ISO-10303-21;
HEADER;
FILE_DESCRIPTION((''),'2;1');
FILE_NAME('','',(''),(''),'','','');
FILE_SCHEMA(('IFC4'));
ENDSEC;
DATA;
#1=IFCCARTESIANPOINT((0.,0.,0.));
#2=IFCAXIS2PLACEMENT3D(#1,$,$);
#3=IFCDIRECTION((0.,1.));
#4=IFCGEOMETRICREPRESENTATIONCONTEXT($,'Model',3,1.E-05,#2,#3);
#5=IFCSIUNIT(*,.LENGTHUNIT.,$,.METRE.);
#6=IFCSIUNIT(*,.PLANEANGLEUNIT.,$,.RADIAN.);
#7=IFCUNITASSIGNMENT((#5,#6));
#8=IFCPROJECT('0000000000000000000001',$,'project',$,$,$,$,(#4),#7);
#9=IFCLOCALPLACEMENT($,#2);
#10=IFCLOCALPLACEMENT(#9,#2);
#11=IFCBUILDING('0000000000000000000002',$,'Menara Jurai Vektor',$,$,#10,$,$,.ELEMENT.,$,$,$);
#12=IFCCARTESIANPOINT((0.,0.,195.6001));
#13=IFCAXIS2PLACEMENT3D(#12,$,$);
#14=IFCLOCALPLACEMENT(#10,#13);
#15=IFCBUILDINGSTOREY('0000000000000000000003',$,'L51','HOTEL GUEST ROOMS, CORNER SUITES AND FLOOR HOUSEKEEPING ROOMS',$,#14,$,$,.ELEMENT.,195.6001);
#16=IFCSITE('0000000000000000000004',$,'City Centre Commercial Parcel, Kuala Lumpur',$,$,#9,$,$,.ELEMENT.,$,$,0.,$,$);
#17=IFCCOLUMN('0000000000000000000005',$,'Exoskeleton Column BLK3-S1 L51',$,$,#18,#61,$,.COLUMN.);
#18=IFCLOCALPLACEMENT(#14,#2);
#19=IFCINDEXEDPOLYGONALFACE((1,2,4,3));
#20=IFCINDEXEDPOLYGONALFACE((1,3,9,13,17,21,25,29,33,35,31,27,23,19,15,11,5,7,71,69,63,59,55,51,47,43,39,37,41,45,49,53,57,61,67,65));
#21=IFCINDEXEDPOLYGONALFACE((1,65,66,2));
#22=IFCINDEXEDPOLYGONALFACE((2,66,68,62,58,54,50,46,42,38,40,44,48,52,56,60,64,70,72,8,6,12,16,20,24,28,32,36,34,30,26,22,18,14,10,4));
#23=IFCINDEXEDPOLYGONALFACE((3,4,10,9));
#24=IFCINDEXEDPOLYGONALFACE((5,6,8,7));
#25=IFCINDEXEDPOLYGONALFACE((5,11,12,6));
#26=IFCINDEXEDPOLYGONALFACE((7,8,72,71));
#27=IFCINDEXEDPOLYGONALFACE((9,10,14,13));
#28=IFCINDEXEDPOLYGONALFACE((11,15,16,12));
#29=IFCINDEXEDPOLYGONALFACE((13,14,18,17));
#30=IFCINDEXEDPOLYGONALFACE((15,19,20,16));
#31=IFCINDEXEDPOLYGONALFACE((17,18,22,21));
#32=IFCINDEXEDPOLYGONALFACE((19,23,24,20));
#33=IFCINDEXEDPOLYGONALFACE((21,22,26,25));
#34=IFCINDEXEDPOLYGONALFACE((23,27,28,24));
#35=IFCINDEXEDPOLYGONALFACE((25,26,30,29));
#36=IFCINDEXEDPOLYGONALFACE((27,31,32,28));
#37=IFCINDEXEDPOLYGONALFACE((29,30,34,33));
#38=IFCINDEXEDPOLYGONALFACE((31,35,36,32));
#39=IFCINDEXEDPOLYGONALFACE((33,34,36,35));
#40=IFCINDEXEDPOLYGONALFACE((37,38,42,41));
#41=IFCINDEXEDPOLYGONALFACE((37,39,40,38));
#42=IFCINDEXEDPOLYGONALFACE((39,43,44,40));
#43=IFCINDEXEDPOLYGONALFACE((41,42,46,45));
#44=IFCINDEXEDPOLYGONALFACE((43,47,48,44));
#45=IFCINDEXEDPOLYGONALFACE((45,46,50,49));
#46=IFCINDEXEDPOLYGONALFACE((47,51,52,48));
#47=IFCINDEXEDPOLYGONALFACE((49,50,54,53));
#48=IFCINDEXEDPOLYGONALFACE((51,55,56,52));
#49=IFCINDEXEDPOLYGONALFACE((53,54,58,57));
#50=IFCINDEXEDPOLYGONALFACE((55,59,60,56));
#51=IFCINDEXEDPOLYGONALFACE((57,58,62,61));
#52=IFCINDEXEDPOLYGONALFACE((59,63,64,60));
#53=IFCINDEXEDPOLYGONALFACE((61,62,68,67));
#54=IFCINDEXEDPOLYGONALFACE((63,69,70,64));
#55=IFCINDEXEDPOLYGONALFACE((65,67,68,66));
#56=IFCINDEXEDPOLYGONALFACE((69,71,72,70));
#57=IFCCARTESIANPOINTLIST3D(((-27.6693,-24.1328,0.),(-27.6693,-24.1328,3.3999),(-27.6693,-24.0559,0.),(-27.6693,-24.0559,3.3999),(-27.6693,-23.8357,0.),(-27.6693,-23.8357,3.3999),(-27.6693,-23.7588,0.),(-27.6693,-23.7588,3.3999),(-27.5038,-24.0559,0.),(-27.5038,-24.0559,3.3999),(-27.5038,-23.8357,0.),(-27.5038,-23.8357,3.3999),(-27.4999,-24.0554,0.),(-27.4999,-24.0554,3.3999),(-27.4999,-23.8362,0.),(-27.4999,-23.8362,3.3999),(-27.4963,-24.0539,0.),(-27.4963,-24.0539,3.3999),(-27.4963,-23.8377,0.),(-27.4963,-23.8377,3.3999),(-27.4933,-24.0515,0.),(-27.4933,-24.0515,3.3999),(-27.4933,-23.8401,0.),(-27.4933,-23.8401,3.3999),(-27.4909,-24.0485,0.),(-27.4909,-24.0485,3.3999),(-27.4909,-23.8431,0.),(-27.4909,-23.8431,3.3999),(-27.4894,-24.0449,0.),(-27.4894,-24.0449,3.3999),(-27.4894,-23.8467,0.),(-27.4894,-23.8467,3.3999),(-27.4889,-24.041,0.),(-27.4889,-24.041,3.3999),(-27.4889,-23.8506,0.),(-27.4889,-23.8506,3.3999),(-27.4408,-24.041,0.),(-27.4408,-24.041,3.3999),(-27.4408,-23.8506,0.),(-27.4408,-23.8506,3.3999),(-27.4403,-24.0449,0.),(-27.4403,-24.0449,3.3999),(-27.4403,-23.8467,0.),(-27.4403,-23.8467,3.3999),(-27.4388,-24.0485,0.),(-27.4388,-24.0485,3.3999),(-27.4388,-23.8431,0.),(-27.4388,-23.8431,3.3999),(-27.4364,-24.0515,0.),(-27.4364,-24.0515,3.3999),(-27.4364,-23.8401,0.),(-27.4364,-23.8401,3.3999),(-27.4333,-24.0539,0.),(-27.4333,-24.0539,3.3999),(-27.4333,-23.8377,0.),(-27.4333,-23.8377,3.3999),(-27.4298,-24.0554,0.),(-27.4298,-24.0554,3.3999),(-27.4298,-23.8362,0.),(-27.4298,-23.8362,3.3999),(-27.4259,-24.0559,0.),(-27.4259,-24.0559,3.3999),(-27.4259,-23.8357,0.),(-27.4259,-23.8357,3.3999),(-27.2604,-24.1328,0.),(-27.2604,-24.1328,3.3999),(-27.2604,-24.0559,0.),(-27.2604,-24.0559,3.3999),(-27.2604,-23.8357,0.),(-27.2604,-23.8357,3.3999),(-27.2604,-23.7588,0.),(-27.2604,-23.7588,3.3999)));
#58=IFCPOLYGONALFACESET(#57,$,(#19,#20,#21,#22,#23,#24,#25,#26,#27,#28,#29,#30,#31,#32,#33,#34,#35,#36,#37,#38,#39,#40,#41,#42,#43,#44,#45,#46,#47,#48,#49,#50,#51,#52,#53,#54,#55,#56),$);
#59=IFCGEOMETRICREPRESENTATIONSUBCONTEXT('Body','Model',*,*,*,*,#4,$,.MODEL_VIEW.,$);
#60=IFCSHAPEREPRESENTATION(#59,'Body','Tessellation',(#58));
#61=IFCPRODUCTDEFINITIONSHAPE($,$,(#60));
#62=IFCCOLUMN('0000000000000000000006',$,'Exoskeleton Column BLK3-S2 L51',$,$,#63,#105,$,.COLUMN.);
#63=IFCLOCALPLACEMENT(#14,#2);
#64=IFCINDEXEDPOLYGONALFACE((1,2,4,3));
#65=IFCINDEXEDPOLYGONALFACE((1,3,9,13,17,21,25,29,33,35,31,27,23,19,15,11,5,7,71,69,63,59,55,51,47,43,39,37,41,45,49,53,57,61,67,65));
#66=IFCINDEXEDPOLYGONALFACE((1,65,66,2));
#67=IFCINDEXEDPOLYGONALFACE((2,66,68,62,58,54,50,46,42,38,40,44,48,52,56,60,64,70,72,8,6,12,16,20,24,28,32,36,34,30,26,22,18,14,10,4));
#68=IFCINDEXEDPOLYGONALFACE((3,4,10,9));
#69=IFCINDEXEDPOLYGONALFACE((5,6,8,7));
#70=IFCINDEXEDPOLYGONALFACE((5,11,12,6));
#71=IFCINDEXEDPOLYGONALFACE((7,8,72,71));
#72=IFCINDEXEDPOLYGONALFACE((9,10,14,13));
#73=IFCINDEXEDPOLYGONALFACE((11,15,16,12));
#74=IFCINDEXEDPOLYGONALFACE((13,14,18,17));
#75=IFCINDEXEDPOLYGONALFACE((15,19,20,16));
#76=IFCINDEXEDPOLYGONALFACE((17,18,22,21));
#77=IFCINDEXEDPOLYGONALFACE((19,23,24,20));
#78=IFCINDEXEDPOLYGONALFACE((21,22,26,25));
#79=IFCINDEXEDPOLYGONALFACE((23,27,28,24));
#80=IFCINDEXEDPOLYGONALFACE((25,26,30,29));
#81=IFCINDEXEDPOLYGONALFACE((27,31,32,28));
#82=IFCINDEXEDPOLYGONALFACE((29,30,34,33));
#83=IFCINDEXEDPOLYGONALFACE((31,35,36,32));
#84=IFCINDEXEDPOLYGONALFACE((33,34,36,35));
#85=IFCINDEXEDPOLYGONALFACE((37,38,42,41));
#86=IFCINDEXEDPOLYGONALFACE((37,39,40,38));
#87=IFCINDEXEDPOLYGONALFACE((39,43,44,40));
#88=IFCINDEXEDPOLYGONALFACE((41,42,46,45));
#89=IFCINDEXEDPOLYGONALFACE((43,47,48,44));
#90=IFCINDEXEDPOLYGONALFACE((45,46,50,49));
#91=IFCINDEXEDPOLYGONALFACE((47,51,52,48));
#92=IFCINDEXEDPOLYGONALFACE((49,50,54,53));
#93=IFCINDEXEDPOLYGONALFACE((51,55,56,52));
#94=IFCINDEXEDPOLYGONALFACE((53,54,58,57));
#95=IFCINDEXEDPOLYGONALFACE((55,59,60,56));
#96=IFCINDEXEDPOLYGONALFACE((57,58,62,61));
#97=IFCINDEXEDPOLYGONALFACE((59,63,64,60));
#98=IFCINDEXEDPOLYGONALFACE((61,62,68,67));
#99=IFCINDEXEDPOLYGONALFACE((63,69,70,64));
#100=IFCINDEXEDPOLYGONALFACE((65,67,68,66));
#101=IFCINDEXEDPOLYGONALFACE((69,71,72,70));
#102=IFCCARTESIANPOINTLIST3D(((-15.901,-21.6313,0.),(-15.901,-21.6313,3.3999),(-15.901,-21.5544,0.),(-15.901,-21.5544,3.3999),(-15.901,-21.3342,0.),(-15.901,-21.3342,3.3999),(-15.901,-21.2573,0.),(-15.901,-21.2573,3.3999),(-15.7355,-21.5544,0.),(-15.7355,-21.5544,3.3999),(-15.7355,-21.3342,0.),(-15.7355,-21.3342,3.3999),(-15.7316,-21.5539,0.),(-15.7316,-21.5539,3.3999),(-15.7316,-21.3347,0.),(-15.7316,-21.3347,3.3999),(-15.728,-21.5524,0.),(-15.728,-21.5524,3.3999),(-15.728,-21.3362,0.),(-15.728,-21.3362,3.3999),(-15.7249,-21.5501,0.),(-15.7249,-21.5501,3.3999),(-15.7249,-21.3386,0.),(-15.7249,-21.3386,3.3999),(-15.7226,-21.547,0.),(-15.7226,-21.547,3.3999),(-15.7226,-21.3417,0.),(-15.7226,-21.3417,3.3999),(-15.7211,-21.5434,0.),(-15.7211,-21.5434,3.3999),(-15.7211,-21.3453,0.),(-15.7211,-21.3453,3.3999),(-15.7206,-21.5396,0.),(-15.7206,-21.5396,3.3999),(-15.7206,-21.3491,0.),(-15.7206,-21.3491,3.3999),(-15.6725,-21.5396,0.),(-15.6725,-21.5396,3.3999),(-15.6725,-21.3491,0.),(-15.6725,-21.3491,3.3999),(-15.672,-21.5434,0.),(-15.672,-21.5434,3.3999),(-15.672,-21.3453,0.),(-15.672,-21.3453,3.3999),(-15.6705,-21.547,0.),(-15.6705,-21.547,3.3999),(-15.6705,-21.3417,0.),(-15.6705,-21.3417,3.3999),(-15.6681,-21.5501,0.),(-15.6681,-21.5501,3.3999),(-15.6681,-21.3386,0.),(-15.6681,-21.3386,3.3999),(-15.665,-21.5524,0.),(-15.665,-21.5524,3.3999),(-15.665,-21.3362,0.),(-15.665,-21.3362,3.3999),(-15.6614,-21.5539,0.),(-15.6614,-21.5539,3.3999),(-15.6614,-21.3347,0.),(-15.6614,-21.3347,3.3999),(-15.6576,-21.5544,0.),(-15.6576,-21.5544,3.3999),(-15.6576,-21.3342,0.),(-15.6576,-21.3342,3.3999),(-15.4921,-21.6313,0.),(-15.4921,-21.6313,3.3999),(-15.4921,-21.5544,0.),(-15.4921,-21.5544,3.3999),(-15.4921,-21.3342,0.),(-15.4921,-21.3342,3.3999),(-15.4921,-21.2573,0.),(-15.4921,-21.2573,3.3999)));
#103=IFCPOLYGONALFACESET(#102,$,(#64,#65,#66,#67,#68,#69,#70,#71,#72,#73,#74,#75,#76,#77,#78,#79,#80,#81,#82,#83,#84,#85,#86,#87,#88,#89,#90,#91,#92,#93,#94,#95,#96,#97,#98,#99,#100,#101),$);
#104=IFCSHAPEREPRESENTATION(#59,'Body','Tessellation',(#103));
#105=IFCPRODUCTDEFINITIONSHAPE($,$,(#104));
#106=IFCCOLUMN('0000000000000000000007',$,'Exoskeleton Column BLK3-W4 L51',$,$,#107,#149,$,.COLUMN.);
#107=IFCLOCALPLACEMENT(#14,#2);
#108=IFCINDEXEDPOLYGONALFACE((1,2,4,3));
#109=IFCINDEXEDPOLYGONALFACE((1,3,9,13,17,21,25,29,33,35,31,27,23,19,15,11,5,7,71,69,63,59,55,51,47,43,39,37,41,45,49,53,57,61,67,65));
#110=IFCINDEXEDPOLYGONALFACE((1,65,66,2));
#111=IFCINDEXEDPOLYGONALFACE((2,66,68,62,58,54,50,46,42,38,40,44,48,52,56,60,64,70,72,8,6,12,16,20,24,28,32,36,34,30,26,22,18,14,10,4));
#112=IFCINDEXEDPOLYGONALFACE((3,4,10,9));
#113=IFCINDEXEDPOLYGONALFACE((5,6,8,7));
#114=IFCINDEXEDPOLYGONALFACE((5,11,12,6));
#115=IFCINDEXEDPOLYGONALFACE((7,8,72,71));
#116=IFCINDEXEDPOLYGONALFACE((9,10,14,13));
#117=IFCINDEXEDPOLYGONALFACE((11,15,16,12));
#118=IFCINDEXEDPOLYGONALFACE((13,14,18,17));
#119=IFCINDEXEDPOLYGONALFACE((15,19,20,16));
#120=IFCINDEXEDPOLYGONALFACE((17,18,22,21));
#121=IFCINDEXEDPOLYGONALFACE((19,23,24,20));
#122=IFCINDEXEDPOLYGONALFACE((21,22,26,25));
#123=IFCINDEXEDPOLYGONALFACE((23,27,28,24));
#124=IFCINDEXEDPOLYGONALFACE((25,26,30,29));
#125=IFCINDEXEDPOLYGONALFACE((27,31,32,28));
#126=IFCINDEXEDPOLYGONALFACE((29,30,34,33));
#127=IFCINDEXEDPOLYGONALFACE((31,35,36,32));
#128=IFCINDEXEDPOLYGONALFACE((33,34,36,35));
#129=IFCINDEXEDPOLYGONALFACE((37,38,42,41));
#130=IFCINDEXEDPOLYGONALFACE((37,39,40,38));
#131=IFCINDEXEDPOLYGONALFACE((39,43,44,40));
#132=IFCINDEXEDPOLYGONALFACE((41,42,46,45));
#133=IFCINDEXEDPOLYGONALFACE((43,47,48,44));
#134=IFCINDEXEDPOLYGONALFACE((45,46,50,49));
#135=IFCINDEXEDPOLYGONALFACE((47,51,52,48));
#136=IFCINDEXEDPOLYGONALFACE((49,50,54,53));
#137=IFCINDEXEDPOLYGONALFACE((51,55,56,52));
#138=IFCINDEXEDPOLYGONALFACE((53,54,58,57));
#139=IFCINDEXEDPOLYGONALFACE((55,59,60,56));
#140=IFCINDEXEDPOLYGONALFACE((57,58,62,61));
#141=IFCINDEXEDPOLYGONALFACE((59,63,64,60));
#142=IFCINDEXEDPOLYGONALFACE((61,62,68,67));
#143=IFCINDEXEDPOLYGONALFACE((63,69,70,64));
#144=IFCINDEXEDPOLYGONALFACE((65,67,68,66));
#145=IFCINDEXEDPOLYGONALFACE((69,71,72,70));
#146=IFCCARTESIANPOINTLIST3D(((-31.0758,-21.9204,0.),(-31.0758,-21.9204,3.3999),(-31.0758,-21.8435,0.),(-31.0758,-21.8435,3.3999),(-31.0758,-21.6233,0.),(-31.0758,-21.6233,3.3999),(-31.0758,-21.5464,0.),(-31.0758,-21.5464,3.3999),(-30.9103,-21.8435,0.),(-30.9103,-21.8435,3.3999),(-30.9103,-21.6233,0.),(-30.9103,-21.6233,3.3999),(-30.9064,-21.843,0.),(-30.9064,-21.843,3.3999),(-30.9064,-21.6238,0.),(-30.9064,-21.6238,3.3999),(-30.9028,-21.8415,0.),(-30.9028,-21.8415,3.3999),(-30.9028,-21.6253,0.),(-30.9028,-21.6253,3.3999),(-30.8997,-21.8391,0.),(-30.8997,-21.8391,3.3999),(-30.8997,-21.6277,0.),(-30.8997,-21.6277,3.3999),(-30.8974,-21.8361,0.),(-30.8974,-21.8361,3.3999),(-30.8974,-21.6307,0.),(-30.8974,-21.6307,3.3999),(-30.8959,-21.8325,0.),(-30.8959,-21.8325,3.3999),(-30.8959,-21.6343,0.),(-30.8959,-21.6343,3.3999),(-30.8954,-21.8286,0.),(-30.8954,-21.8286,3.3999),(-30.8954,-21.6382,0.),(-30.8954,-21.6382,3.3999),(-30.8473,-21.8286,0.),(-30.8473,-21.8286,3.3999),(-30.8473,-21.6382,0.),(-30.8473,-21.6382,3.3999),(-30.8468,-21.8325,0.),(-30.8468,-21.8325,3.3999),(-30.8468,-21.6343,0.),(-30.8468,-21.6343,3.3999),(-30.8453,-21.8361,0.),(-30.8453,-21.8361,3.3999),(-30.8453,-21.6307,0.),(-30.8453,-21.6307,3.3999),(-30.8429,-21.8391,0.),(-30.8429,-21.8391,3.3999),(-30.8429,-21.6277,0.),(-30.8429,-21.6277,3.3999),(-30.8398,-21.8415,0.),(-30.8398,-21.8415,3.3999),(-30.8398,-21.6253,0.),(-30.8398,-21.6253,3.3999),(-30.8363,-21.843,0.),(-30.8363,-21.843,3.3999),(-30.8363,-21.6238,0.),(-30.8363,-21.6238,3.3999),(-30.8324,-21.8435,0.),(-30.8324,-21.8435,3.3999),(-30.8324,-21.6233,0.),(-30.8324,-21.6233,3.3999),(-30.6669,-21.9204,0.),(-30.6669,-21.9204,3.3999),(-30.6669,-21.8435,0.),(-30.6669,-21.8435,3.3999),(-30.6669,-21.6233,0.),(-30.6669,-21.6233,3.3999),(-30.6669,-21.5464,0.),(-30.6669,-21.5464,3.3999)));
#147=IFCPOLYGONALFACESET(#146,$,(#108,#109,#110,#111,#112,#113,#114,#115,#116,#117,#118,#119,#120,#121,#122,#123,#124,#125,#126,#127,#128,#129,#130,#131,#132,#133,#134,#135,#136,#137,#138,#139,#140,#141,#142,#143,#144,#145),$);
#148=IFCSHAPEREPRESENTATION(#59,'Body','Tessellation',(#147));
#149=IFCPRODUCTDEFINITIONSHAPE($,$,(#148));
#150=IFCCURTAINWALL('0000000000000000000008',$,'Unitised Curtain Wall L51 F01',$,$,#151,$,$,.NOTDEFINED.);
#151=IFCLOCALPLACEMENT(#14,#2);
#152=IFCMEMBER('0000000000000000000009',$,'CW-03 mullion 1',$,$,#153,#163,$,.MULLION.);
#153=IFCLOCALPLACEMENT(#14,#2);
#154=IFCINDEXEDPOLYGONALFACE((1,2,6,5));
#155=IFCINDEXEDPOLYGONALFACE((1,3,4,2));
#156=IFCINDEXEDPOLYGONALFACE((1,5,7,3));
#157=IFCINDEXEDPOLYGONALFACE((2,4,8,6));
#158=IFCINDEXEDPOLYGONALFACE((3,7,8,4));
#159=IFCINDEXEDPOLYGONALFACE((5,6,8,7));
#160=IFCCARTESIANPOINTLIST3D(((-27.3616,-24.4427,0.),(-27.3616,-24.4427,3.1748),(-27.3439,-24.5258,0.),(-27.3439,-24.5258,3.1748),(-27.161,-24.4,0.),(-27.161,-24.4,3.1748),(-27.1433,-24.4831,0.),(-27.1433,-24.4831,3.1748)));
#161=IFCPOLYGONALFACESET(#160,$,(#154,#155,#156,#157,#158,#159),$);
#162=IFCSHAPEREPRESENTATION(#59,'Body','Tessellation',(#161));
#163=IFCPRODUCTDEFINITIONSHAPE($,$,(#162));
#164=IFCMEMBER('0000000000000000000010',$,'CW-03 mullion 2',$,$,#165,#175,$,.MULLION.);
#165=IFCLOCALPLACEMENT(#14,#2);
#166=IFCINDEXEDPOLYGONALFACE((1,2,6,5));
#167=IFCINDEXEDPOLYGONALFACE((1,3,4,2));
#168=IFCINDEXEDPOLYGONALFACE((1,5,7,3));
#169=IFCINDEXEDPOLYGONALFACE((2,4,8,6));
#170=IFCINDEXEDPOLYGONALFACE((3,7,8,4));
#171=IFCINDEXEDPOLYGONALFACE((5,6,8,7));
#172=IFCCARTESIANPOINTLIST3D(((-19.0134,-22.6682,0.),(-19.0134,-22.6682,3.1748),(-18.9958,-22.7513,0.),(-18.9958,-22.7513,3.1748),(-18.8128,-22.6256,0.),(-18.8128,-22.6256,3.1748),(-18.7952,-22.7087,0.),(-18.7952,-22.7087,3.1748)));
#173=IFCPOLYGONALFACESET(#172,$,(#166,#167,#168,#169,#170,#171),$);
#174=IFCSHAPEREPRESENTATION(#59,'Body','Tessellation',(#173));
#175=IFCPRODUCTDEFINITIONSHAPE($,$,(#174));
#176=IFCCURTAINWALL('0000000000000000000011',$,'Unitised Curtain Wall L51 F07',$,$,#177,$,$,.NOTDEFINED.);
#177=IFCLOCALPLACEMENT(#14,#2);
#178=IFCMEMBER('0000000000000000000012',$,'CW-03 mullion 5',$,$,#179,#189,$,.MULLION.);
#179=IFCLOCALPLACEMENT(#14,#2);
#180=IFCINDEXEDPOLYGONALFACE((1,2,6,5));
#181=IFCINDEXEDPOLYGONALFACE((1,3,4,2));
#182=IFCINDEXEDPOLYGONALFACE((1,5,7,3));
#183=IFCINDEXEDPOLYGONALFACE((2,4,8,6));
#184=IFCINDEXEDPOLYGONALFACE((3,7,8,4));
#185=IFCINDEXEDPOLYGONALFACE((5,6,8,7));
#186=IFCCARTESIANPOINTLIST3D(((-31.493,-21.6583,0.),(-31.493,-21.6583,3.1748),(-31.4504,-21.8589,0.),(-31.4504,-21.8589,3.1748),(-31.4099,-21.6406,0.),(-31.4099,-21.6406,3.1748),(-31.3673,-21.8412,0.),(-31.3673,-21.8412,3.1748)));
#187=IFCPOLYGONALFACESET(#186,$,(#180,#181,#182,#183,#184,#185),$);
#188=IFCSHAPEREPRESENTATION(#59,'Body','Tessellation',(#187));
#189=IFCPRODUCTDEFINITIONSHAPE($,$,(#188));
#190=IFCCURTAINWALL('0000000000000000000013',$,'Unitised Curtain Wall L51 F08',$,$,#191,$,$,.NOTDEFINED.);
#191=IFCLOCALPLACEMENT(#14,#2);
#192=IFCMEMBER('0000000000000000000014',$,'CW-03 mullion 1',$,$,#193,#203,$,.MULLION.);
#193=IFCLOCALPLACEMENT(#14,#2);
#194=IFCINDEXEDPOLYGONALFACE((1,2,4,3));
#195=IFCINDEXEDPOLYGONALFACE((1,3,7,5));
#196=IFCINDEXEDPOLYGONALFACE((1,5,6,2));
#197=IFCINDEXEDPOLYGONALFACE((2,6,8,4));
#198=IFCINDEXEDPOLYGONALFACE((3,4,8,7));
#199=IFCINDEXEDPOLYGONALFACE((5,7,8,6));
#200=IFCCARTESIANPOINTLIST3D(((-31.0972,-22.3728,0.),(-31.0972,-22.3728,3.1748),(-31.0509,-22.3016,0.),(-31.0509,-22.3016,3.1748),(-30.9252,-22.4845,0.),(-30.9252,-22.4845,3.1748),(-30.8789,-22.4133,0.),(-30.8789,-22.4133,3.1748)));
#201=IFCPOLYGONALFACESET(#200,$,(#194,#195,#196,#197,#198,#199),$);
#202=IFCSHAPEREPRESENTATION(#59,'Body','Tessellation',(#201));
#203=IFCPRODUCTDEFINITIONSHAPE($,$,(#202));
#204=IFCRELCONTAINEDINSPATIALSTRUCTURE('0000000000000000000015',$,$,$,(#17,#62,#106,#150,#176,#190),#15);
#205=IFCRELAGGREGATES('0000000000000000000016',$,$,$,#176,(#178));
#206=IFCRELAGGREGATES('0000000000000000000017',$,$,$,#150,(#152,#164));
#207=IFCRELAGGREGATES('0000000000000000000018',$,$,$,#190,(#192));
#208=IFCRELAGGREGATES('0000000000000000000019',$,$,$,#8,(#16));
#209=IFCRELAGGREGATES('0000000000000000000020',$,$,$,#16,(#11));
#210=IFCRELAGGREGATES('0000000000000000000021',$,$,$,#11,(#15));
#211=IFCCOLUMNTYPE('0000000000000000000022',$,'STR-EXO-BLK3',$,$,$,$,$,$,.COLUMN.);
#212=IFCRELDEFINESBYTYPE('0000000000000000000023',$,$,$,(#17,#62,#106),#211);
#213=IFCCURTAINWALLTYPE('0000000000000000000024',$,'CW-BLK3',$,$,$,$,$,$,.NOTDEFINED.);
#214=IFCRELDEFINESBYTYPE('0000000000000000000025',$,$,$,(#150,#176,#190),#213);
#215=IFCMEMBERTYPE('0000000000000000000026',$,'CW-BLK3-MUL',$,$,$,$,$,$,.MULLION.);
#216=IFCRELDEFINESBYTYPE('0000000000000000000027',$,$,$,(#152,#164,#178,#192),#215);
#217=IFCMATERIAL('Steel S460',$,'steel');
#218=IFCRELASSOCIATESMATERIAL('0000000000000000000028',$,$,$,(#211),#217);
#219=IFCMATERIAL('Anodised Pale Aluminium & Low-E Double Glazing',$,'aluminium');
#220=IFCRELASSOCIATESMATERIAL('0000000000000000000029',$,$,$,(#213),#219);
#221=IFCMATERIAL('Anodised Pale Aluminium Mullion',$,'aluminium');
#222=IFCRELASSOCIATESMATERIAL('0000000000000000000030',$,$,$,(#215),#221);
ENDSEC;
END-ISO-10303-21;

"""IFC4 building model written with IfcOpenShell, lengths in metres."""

from ifc_helpers import new_model, si_unit, direction, frame, origin, origin_2d, place, context, subcontext, project, spatial, rectangle, i_section, extrude, material, material_profile, profile_set, type_object, element, aggregate, save


model = new_model("IFC4")

# Units and contexts
model_context = context("Model", 3, precision=1e-05, world=origin(), true_north=direction((0.0, 1.0)))
body_context = subcontext(model_context, "Body", "Model", "MODEL_VIEW")
ifc_project = project(units=[si_unit("LENGTHUNIT", "METRE"), si_unit("PLANEANGLEUNIT", "RADIAN")], contexts=[model_context])

# Site, building, storey
site_placement = place(None, origin())
site = spatial("IfcSite", under=ifc_project, at=site_placement, Name="City Centre Commercial Parcel, Kuala Lumpur", CompositionType="ELEMENT", RefElevation=0.0)
building_placement = place(site_placement, origin())
building = spatial("IfcBuilding", under=site, at=building_placement, Name="Menara Jurai Vektor", CompositionType="ELEMENT")
storey_placement = place(building_placement, frame((0.0, 0.0, 195.6001)))
storey = spatial("IfcBuildingStorey", under=building, at=storey_placement, Name="L51", Description="HOTEL GUEST ROOMS, CORNER SUITES AND FLOOR HOUSEKEEPING ROOMS", CompositionType="ELEMENT", Elevation=195.6001)

# Columns
ifc_material_1 = material(Name="Steel S460", Category="steel")
ifc_material_profile_1 = material_profile(ifc_material_1, i_section(OverallWidth=0.4089, OverallDepth=0.374, WebThickness=0.0481, FlangeThickness=0.0769, FilletRadius=0.0149, at=origin_2d()), Name="HD 400x634")
ifc_profile_set_1 = profile_set([ifc_material_profile_1], Name="Steel S460")
column_type = type_object("IfcColumnType", Name="STR-EXO-BLK3", PredefinedType="COLUMN", material=ifc_profile_set_1)
for number, where, z_axis, x_axis, name in (
    (1, (-27.4648, -23.9458, 0.0), (0.0, 0.0, 1.0), (1.0, 0.0, 0.0), "Exoskeleton Column BLK3-S1 L51"),
    (2, (-15.6965, -21.4443, 0.0), (0.0, 0.0, 1.0), (1.0, 0.0, 0.0), "Exoskeleton Column BLK3-S2 L51"),
    (3, (-30.8713, -21.7334, 0.0), (0.0, 0.0, 1.0), (1.0, 0.0, 0.0), "Exoskeleton Column BLK3-W4 L51"),
):
    element("IfcColumn", number, at=place(storey_placement, frame(where, z_axis=z_axis, x_axis=x_axis)), inside=storey, type_object=column_type, Name=name, PredefinedType="COLUMN", context=body_context, shape_type="SweptSolid", body=[
        extrude(i_section(OverallWidth=0.4089, OverallDepth=0.374, WebThickness=0.0481, FlangeThickness=0.0769, FilletRadius=0.0149, at=origin_2d()), origin(), (0.0, 0.0, 1.0), 3.3999),
    ])

# Curtain wall, members
ifc_material_2 = material(Name="Anodised Pale Aluminium & Low-E Double Glazing", Category="aluminium")
curtain_wall_type = type_object("IfcCurtainWallType", Name="CW-BLK3", PredefinedType="NOTDEFINED", material=ifc_material_2)
curtain_wall_1_placement = place(storey_placement, origin())
curtain_wall_1 = element("IfcCurtainWall", 4, at=curtain_wall_1_placement, inside=storey, type_object=curtain_wall_type, Name="Unitised Curtain Wall L51 F01", PredefinedType="NOTDEFINED")
ifc_material_3 = material(Name="Anodised Pale Aluminium Mullion", Category="aluminium")
ifc_material_profile_2 = material_profile(ifc_material_3, rectangle(XDim=0.085, YDim=0.2051, at=origin_2d()), Name="ALU MUL 85x205")
ifc_profile_set_2 = profile_set([ifc_material_profile_2], Name="Anodised Pale Aluminium Mullion")
member_type_1 = type_object("IfcMemberType", Name="CW-BLK3-MUL", PredefinedType="MULLION", material=ifc_profile_set_2)
member_1_placement = place(storey_placement, frame((-27.2524, -24.4629, 0.0), z_axis=(0.0, 0.0, 1.0), x_axis=(-0.207911, 0.978148, 0.0)))
member_1 = element("IfcMember", 5, at=member_1_placement, type_object=member_type_1, Name="CW-03 mullion 1", PredefinedType="MULLION", context=body_context, shape_type="SweptSolid", body=[
    extrude(rectangle(XDim=0.085, YDim=0.2051, at=origin_2d()), origin(), (0.0, 0.0, 1.0), 3.1748),
])
member_2_placement = place(storey_placement, frame((-18.9043, -22.6885, 0.0), z_axis=(0.0, 0.0, 1.0), x_axis=(-0.207911, 0.978148, 0.0)))
member_2 = element("IfcMember", 6, at=member_2_placement, type_object=member_type_1, Name="CW-03 mullion 2", PredefinedType="MULLION", context=body_context, shape_type="SweptSolid", body=[
    extrude(rectangle(XDim=0.085, YDim=0.2051, at=origin_2d()), origin(), (0.0, 0.0, 1.0), 3.1748),
])

# Curtain wall, member
curtain_wall_2_placement = place(storey_placement, origin())
curtain_wall_2 = element("IfcCurtainWall", 7, at=curtain_wall_2_placement, inside=storey, type_object=curtain_wall_type, Name="Unitised Curtain Wall L51 F07", PredefinedType="NOTDEFINED")
member_3_placement = place(storey_placement, frame((-31.4302, -21.7498, 0.0), z_axis=(0.0, 0.0, 1.0), x_axis=(0.978148, 0.20791, 0.0)))
member_3 = element("IfcMember", 8, at=member_3_placement, type_object=member_type_1, Name="CW-03 mullion 5", PredefinedType="MULLION", context=body_context, shape_type="SweptSolid", body=[
    extrude(rectangle(XDim=0.085, YDim=0.2051, at=origin_2d()), origin(), (0.0, 0.0, 1.0), 3.1748),
])
aggregate(curtain_wall_2, [member_3])

# Curtain wall, member
curtain_wall_3_placement = place(storey_placement, origin())
curtain_wall_3 = element("IfcCurtainWall", 9, at=curtain_wall_3_placement, inside=storey, type_object=curtain_wall_type, Name="Unitised Curtain Wall L51 F08", PredefinedType="NOTDEFINED")
member_4_placement = place(storey_placement, frame((-30.988, -22.3931, 0.0), z_axis=(0.0, 0.0, 1.0), x_axis=(0.544618, 0.838684, 0.0)))
member_4 = element("IfcMember", 10, at=member_4_placement, type_object=member_type_1, Name="CW-03 mullion 1", PredefinedType="MULLION", context=body_context, shape_type="SweptSolid", body=[
    extrude(rectangle(XDim=0.085, YDim=0.2051, at=origin_2d()), origin(), (0.0, 0.0, 1.0), 3.1748),
])

aggregate(curtain_wall_1, [member_1, member_2])
aggregate(curtain_wall_3, [member_4])

save(model, "model.ifc")
